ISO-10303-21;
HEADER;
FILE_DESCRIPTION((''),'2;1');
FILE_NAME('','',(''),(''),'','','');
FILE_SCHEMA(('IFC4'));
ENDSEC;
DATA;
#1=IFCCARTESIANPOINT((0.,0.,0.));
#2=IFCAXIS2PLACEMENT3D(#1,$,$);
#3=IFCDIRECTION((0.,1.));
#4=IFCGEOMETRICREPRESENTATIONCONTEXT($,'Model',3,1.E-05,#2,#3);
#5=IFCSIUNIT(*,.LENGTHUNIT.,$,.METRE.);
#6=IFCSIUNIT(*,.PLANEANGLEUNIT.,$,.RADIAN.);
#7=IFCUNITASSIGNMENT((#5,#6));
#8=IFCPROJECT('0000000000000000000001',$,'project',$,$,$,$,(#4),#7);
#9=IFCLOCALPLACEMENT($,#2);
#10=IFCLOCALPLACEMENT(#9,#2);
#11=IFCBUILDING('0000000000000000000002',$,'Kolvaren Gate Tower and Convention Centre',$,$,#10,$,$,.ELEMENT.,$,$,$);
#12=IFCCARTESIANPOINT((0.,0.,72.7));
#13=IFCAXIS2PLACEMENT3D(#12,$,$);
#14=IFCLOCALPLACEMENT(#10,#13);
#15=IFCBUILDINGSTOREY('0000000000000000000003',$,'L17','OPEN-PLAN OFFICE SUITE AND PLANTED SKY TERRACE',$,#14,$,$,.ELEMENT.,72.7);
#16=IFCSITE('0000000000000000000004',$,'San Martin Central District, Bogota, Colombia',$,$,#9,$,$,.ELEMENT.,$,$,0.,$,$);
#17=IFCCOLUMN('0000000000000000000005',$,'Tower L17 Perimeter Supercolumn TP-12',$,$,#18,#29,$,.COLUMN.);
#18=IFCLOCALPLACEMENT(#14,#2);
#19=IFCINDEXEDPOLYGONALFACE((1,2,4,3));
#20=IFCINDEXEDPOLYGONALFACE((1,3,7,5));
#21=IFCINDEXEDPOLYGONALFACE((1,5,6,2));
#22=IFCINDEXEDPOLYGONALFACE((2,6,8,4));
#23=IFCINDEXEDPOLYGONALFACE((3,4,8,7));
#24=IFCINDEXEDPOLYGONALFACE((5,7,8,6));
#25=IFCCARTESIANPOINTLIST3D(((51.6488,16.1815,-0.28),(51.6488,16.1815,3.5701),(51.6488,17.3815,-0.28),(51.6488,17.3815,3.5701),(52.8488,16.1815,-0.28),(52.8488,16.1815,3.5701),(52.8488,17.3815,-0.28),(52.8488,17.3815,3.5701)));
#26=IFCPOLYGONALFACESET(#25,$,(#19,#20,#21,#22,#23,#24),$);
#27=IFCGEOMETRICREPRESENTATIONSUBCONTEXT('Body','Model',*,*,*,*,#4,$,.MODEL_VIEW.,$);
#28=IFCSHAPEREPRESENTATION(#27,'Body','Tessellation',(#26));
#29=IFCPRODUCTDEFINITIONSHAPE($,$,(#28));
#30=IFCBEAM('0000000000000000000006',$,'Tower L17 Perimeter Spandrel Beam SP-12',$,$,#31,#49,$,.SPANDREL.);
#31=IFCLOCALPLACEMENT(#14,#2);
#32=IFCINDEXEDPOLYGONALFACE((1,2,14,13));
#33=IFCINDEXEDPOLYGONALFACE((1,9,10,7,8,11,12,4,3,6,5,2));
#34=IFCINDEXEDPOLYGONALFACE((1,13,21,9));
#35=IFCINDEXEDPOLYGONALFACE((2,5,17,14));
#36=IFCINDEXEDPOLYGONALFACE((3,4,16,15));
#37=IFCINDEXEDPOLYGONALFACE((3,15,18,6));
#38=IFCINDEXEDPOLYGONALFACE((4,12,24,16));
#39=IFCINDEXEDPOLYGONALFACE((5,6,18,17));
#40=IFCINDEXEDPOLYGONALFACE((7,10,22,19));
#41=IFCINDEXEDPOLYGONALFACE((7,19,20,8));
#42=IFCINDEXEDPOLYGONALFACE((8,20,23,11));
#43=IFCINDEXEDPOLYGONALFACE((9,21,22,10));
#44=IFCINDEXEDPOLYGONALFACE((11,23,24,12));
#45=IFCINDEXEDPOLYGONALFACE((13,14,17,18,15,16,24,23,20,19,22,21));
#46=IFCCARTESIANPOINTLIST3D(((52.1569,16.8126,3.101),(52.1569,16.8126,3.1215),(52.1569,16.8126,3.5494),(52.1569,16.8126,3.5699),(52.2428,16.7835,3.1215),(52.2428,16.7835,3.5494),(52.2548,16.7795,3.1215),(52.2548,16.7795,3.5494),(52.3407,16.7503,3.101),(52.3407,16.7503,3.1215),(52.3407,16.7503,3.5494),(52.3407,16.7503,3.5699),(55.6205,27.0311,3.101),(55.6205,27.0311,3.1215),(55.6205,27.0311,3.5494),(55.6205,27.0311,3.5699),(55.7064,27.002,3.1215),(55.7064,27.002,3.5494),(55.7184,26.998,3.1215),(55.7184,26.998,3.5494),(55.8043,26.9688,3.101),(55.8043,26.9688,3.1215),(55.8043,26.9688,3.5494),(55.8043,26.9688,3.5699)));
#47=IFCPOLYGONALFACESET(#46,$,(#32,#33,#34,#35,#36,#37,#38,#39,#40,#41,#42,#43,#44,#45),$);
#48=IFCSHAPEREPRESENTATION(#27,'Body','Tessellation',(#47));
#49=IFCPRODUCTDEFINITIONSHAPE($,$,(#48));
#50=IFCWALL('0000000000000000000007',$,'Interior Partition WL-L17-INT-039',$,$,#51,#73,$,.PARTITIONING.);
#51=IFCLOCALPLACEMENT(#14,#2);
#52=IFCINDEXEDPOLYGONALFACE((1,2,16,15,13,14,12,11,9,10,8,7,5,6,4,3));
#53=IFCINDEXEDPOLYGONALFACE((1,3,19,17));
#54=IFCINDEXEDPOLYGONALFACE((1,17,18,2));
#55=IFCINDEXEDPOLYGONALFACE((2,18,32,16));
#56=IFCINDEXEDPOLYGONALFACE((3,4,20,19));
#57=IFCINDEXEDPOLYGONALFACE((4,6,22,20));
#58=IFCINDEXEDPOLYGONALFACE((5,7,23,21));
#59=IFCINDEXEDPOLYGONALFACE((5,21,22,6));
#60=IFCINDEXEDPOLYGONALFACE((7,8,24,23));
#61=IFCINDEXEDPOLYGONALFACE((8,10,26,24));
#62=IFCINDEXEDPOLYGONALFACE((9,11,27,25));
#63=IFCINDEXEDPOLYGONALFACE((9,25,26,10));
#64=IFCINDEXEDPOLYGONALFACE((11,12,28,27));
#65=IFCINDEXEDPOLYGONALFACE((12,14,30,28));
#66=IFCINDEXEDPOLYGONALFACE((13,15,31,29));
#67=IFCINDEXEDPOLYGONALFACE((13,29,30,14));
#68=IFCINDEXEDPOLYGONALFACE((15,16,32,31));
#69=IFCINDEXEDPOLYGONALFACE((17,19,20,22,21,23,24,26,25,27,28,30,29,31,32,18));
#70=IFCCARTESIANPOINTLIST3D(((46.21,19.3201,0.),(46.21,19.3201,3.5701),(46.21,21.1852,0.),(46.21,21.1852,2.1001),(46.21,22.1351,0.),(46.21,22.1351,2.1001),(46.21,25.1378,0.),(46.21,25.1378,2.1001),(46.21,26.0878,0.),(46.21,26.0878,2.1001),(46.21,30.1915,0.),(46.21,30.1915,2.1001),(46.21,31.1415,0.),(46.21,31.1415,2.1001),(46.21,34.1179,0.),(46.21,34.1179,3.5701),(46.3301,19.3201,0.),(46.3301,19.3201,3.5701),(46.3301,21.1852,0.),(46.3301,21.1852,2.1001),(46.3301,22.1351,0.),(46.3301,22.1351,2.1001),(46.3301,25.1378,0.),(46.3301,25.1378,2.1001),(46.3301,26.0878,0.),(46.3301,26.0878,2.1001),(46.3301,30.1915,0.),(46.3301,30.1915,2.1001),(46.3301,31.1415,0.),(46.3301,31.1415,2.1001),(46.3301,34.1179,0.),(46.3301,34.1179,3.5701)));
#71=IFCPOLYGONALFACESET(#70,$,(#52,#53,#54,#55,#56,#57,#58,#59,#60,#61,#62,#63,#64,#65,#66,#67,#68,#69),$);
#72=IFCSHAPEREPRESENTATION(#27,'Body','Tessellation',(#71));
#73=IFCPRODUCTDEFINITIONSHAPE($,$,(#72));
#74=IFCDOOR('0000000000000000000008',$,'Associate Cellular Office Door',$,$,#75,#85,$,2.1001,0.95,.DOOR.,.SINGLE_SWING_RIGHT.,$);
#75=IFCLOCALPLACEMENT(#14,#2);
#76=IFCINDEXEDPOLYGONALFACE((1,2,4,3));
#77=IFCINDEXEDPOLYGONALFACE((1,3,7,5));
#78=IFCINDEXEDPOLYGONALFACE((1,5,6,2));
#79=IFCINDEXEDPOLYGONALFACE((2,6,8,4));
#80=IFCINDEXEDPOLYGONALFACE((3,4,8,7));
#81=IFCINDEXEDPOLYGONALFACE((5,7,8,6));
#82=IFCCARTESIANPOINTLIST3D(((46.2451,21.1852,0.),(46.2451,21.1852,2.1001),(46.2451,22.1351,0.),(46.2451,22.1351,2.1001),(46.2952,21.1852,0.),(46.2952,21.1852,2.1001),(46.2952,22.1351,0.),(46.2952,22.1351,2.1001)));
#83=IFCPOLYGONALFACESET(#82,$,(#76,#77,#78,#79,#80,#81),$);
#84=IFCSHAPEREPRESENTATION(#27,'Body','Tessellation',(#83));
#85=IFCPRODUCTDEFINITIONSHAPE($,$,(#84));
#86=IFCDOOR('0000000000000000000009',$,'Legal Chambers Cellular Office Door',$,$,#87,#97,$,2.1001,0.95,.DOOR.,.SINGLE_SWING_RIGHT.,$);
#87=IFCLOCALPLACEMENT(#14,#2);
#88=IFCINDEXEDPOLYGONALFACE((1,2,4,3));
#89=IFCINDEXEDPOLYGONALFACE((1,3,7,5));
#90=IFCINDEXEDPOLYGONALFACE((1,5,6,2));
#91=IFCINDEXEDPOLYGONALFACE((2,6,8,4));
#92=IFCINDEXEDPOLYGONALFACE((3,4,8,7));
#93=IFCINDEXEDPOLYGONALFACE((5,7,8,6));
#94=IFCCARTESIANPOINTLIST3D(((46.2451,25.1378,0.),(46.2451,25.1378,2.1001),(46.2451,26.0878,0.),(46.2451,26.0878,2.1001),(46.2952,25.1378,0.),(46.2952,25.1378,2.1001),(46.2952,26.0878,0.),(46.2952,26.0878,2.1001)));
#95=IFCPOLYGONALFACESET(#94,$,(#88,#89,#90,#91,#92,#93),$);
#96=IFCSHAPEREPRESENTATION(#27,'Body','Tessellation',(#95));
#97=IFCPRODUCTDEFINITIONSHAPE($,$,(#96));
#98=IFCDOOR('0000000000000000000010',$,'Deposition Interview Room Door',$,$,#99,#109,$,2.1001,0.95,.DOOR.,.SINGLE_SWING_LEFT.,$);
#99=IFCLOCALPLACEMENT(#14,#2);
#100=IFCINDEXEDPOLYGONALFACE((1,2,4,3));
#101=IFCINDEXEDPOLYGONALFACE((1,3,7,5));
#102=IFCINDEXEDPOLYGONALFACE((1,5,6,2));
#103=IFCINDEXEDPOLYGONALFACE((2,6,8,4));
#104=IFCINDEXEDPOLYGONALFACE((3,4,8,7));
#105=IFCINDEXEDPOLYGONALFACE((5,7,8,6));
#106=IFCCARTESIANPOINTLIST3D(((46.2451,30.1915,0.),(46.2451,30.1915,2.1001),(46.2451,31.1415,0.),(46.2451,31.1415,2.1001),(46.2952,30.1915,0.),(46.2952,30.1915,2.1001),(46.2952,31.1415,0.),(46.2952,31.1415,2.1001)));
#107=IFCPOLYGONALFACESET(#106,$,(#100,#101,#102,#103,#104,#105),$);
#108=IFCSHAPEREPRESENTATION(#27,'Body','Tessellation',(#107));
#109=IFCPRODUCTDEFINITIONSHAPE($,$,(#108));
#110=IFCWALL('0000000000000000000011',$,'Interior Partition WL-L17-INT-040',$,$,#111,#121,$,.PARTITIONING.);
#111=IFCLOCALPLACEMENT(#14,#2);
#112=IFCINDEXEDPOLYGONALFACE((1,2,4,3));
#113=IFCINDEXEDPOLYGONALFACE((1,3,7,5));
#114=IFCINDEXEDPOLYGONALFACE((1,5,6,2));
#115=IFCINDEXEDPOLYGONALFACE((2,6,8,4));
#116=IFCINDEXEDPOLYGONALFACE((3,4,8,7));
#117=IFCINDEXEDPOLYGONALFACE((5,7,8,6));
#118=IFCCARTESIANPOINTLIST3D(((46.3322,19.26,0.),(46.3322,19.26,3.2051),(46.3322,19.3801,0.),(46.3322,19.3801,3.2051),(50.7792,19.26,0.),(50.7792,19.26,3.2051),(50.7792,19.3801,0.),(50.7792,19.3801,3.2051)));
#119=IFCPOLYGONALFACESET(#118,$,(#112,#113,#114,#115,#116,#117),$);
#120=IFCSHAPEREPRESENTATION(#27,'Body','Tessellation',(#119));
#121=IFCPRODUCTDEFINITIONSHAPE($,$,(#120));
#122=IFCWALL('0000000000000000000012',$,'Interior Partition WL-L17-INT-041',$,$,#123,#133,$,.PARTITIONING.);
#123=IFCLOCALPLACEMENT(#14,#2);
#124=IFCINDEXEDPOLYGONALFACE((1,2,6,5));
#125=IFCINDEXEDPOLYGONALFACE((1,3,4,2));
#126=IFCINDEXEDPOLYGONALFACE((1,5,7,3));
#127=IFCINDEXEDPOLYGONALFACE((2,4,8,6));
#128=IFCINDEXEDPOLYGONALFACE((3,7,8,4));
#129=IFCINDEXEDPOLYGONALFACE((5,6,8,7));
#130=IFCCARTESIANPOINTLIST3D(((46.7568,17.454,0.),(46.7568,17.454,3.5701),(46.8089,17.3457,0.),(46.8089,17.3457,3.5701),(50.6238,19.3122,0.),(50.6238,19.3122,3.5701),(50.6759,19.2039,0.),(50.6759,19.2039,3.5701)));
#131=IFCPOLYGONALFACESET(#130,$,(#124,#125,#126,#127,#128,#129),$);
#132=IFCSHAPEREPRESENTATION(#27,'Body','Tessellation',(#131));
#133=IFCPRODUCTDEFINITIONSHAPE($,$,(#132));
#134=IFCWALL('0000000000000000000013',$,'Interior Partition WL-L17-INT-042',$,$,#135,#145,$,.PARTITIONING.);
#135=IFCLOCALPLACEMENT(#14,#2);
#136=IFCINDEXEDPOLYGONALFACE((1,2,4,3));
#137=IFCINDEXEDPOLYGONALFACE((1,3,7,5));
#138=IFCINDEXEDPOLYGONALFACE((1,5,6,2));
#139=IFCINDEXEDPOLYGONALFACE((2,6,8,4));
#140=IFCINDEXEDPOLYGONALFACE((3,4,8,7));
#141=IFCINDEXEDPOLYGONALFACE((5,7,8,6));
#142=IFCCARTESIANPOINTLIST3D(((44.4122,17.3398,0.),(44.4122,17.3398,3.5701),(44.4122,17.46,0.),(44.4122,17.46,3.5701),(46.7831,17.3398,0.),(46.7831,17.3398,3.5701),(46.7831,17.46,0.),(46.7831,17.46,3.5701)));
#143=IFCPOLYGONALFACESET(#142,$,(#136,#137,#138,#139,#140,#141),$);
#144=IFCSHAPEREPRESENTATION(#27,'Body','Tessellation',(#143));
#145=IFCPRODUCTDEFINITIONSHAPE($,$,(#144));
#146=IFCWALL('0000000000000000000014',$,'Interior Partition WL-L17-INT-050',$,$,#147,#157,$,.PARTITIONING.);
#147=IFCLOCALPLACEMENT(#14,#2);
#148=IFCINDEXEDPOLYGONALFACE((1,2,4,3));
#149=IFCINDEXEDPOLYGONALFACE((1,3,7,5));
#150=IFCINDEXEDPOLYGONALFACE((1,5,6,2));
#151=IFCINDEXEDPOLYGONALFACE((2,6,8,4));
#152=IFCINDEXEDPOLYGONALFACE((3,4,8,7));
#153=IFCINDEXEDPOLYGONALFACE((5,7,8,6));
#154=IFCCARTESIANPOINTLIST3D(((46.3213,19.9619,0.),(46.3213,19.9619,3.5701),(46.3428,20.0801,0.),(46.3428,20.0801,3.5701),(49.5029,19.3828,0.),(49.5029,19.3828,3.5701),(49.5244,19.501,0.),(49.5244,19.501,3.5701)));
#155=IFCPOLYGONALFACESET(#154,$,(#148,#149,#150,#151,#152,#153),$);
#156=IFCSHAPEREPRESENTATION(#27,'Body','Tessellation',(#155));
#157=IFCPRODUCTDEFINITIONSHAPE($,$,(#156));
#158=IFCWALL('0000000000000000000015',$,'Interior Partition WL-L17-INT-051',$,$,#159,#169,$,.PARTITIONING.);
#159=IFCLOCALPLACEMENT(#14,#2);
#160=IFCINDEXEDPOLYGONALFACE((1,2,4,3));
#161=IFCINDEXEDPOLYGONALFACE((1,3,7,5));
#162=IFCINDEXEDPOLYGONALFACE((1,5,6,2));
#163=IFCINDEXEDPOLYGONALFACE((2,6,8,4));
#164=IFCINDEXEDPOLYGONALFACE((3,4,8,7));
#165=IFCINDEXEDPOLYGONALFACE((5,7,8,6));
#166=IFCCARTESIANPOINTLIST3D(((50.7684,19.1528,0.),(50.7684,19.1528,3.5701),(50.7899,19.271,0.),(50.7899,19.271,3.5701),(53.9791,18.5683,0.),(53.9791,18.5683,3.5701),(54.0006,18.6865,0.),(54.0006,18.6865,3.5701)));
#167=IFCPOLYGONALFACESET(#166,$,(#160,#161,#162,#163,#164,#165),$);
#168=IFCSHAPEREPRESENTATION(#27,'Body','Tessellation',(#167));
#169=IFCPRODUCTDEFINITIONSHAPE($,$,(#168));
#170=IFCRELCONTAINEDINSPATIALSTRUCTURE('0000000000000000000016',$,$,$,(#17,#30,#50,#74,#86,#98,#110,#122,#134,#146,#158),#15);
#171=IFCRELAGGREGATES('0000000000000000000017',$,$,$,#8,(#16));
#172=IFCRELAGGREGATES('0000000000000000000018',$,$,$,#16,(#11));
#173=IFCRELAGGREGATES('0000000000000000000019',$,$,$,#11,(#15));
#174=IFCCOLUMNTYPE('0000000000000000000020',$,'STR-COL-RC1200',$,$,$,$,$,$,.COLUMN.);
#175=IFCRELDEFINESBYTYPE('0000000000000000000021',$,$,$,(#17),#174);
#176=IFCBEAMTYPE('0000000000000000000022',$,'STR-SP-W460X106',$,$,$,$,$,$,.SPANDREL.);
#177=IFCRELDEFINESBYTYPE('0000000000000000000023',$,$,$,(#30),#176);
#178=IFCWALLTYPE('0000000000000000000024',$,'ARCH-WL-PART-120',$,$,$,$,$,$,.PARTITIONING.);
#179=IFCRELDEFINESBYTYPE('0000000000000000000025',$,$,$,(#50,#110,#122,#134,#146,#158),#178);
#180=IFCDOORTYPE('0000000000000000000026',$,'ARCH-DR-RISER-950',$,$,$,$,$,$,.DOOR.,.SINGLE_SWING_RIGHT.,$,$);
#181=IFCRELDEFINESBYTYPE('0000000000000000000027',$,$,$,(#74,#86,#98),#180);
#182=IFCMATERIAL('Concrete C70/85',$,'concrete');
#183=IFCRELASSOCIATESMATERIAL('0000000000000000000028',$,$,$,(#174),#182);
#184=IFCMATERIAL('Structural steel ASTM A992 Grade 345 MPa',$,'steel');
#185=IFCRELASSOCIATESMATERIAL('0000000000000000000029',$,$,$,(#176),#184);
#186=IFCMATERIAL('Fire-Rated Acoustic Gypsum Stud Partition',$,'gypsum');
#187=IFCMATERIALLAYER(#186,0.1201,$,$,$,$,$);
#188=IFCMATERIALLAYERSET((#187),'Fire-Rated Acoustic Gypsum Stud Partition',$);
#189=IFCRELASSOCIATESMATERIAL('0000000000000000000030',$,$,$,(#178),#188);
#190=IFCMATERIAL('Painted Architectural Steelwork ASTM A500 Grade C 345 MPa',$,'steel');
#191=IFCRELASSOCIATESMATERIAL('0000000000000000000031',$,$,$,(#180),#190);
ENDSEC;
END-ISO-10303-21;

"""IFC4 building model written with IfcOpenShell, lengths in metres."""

from ifc_helpers import new_model, si_unit, direction, frame, frame_2d, origin, origin_2d, place, context, subcontext, project, spatial, rectangle, i_section, extrude, material, layer, layer_set, material_profile, profile_set, type_object, element, fill, save


model = new_model("IFC4")

# Units and contexts
model_context = context("Model", 3, precision=1e-05, world=origin(), true_north=direction((0.0, 1.0)))
body_context = subcontext(model_context, "Body", "Model", "MODEL_VIEW")
ifc_project = project(units=[si_unit("LENGTHUNIT", "METRE"), si_unit("PLANEANGLEUNIT", "RADIAN")], contexts=[model_context])

# Site, building, storey
site_placement = place(None, origin())
site = spatial("IfcSite", under=ifc_project, at=site_placement, Name="San Martin Central District, Bogota, Colombia", CompositionType="ELEMENT", RefElevation=0.0)
building_placement = place(site_placement, origin())
building = spatial("IfcBuilding", under=site, at=building_placement, Name="Kolvaren Gate Tower and Convention Centre", CompositionType="ELEMENT")
storey_placement = place(building_placement, frame((0.0, 0.0, 72.7)))
storey = spatial("IfcBuildingStorey", under=building, at=storey_placement, Name="L17", Description="OPEN-PLAN OFFICE SUITE AND PLANTED SKY TERRACE", CompositionType="ELEMENT", Elevation=72.7)

# Column
ifc_material_1 = material(Name="Concrete C70/85", Category="concrete")
ifc_material_profile_1 = material_profile(ifc_material_1, rectangle(XDim=1.2, YDim=1.2, at=origin_2d()), Name="RC-COL-1200X1200")
ifc_profile_set_1 = profile_set([ifc_material_profile_1], Name="Concrete C70/85")
column_type = type_object("IfcColumnType", Name="STR-COL-RC1200", PredefinedType="COLUMN", material=ifc_profile_set_1)
column_placement = place(storey_placement, frame((52.2488, 16.7815, -0.28), z_axis=(0.0, 0.0, 1.0), x_axis=(1.0, 0.0, 0.0)))
element("IfcColumn", 1, at=column_placement, inside=storey, type_object=column_type, Name="Tower L17 Perimeter Supercolumn TP-12", PredefinedType="COLUMN", context=body_context, shape_type="SweptSolid", body=[
    extrude(rectangle(XDim=1.2, YDim=1.2, at=origin_2d()), origin(), (0.0, 0.0, 1.0), 3.8501),
])

# Beam
ifc_material_2 = material(Name="Structural steel ASTM A992 Grade 345 MPa", Category="steel")
ifc_material_profile_2 = material_profile(ifc_material_2, i_section(OverallWidth=0.1941, OverallDepth=0.469, WebThickness=0.0127, FlangeThickness=0.0205, at=origin_2d()), Name="W460X106")
ifc_profile_set_2 = profile_set([ifc_material_profile_2], Name="Structural steel ASTM A992 Grade 345 MPa")
beam_type = type_object("IfcBeamType", Name="STR-SP-W460X106", PredefinedType="SPANDREL", material=ifc_profile_set_2)
beam_placement = place(storey_placement, frame((52.2488, 16.7815, 3.3354), z_axis=(0.321016, 0.947074, 0.0), x_axis=(-0.947074, 0.321016, 0.0)))
element("IfcBeam", 2, at=beam_placement, inside=storey, type_object=beam_type, Name="Tower L17 Perimeter Spandrel Beam SP-12", PredefinedType="SPANDREL", context=body_context, shape_type="SweptSolid", body=[
    extrude(i_section(OverallWidth=0.1941, OverallDepth=0.469, WebThickness=0.0127, FlangeThickness=0.0205, at=origin_2d()), origin(), (0.0, 0.0, 1.0), 10.7896),
])

# Wall, openings, doors
ifc_material_3 = material(Name="Fire-Rated Acoustic Gypsum Stud Partition", Category="gypsum")
ifc_layer_1 = layer(ifc_material_3, 0.1201)
ifc_layer_set_1 = layer_set([ifc_layer_1], Name="Fire-Rated Acoustic Gypsum Stud Partition")
wall_type_1 = type_object("IfcWallType", Name="ARCH-WL-PART-120", PredefinedType="PARTITIONING", material=ifc_layer_set_1)
wall_1_placement = place(storey_placement, frame((46.27, 19.3201, 0.0), z_axis=(0.0, 0.0, 1.0), x_axis=(0.0, 1.0, 0.0)))
wall_1 = element("IfcWall", 3, at=wall_1_placement, inside=storey, type_object=wall_type_1, Name="Interior Partition WL-L17-INT-039", PredefinedType="PARTITIONING", context=body_context, shape_type="SweptSolid", body=[
    extrude(rectangle(XDim=14.7979, YDim=0.1201, at=frame_2d((7.3989, 0.0))), origin(), (0.0, 0.0, 1.0), 3.5701),
])
opening_1_placement = place(wall_1_placement, frame((1.865, 0.0, 0.0)))
opening_1 = element("IfcOpeningElement", 4, at=opening_1_placement, cuts=wall_1, PredefinedType="OPENING", context=body_context, shape_type="SweptSolid", body=[
    extrude(rectangle(XDim=0.95, YDim=2.1001, at=frame_2d((0.4751, 1.05))), frame((0.0, 0.0701, 0.0), z_axis=(0.0, -1.0, 0.0), x_axis=(1.0, 0.0, 0.0)), (0.0, 0.0, 1.0), 0.1401),
])
opening_2_placement = place(wall_1_placement, frame((5.8176, 0.0, 0.0)))
opening_2 = element("IfcOpeningElement", 5, at=opening_2_placement, cuts=wall_1, PredefinedType="OPENING", context=body_context, shape_type="SweptSolid", body=[
    extrude(rectangle(XDim=0.95, YDim=2.1001, at=frame_2d((0.4751, 1.05))), frame((0.0, 0.0701, 0.0), z_axis=(0.0, -1.0, 0.0), x_axis=(1.0, 0.0, 0.0)), (0.0, 0.0, 1.0), 0.1401),
])
opening_3_placement = place(wall_1_placement, frame((10.8713, 0.0, 0.0)))
opening_3 = element("IfcOpeningElement", 6, at=opening_3_placement, cuts=wall_1, PredefinedType="OPENING", context=body_context, shape_type="SweptSolid", body=[
    extrude(rectangle(XDim=0.95, YDim=2.1001, at=frame_2d((0.4751, 1.05))), frame((0.0, 0.0701, 0.0), z_axis=(0.0, -1.0, 0.0), x_axis=(1.0, 0.0, 0.0)), (0.0, 0.0, 1.0), 0.1401),
])
ifc_material_4 = material(Name="Painted Architectural Steelwork ASTM A500 Grade C 345 MPa", Category="steel")
door_type_1 = type_object("IfcDoorType", Name="ARCH-DR-RISER-950", OperationType="SINGLE_SWING_RIGHT", PredefinedType="DOOR", material=ifc_material_4)
door_1_placement = place(opening_1_placement, origin())
door_1 = element("IfcDoor", 7, at=door_1_placement, inside=storey, type_object=door_type_1, Name="Associate Cellular Office Door", OperationType="SINGLE_SWING_RIGHT", OverallHeight=2.1001, OverallWidth=0.95, PredefinedType="DOOR", context=body_context, shape_type="SweptSolid", body=[
    extrude(rectangle(XDim=0.95, YDim=2.1001, at=frame_2d((0.4751, 1.05))), frame((0.0, 0.0249, 0.0), z_axis=(0.0, -1.0, 0.0), x_axis=(1.0, 0.0, 0.0)), (0.0, 0.0, 1.0), 0.05),
])
fill(opening_1, door_1)
door_2_placement = place(opening_2_placement, origin())
door_2 = element("IfcDoor", 8, at=door_2_placement, inside=storey, type_object=door_type_1, Name="Legal Chambers Cellular Office Door", OperationType="SINGLE_SWING_RIGHT", OverallHeight=2.1001, OverallWidth=0.95, PredefinedType="DOOR", context=body_context, shape_type="SweptSolid", body=[
    extrude(rectangle(XDim=0.95, YDim=2.1001, at=frame_2d((0.4751, 1.05))), frame((0.0, 0.0249, 0.0), z_axis=(0.0, -1.0, 0.0), x_axis=(1.0, 0.0, 0.0)), (0.0, 0.0, 1.0), 0.05),
])
fill(opening_2, door_2)
door_3_placement = place(opening_3_placement, origin())
door_3 = element("IfcDoor", 9, at=door_3_placement, inside=storey, type_object=door_type_1, Name="Deposition Interview Room Door", OperationType="SINGLE_SWING_LEFT", OverallHeight=2.1001, OverallWidth=0.95, PredefinedType="DOOR", context=body_context, shape_type="SweptSolid", body=[
    extrude(rectangle(XDim=0.95, YDim=2.1001, at=frame_2d((0.4751, 1.05))), frame((0.0, 0.0249, 0.0), z_axis=(0.0, -1.0, 0.0), x_axis=(1.0, 0.0, 0.0)), (0.0, 0.0, 1.0), 0.05),
])
fill(opening_3, door_3)

# Walls
wall_2_placement = place(storey_placement, frame((46.332, 19.3201, 0.0), z_axis=(0.0, 0.0, 1.0), x_axis=(1.0, 0.0, 0.0)))
element("IfcWall", 10, at=wall_2_placement, inside=storey, type_object=wall_type_1, Name="Interior Partition WL-L17-INT-040", PredefinedType="PARTITIONING", context=body_context, shape_type="SweptSolid", body=[
    extrude(rectangle(XDim=4.447, YDim=0.1201, at=frame_2d((2.2236, 0.0))), origin(), (0.0, 0.0, 1.0), 3.2051),
])
wall_3_placement = place(storey_placement, frame((46.783, 17.3999, 0.0), z_axis=(0.0, 0.0, 1.0), x_axis=(0.901339, 0.433114, 0.0)))
element("IfcWall", 11, at=wall_3_placement, inside=storey, type_object=wall_type_1, Name="Interior Partition WL-L17-INT-041", PredefinedType="PARTITIONING", context=body_context, shape_type="SweptSolid", body=[
    extrude(rectangle(XDim=4.2903, YDim=0.1201, at=frame_2d((2.145, 0.0))), origin(), (0.0, 0.0, 1.0), 3.5701),
])
wall_4_placement = place(storey_placement, frame((44.4121, 17.3999, 0.0), z_axis=(0.0, 0.0, 1.0), x_axis=(1.0, 0.0, 0.0)))
element("IfcWall", 12, at=wall_4_placement, inside=storey, type_object=wall_type_1, Name="Interior Partition WL-L17-INT-042", PredefinedType="PARTITIONING", context=body_context, shape_type="SweptSolid", body=[
    extrude(rectangle(XDim=2.3708, YDim=0.1201, at=frame_2d((1.1855, 0.0))), origin(), (0.0, 0.0, 1.0), 3.5701),
])
wall_5_placement = place(storey_placement, frame((46.332, 20.021, 0.0), z_axis=(0.0, 0.0, 1.0), x_axis=(0.983836, -0.179071, 0.0)))
element("IfcWall", 13, at=wall_5_placement, inside=storey, type_object=wall_type_1, Name="Interior Partition WL-L17-INT-050", PredefinedType="PARTITIONING", context=body_context, shape_type="SweptSolid", body=[
    extrude(rectangle(XDim=3.2339, YDim=0.1201, at=frame_2d((1.6169, 0.0))), origin(), (0.0, 0.0, 1.0), 3.5701),
])
wall_6_placement = place(storey_placement, frame((50.7791, 19.2119, 0.0), z_axis=(0.0, 0.0, 1.0), x_axis=(0.983832, -0.179096, 0.0)))
element("IfcWall", 14, at=wall_6_placement, inside=storey, type_object=wall_type_1, Name="Interior Partition WL-L17-INT-051", PredefinedType="PARTITIONING", context=body_context, shape_type="SweptSolid", body=[
    extrude(rectangle(XDim=3.2634, YDim=0.1201, at=frame_2d((1.6318, 0.0))), origin(), (0.0, 0.0, 1.0), 3.5701),
])

save(model, "model.ifc")
